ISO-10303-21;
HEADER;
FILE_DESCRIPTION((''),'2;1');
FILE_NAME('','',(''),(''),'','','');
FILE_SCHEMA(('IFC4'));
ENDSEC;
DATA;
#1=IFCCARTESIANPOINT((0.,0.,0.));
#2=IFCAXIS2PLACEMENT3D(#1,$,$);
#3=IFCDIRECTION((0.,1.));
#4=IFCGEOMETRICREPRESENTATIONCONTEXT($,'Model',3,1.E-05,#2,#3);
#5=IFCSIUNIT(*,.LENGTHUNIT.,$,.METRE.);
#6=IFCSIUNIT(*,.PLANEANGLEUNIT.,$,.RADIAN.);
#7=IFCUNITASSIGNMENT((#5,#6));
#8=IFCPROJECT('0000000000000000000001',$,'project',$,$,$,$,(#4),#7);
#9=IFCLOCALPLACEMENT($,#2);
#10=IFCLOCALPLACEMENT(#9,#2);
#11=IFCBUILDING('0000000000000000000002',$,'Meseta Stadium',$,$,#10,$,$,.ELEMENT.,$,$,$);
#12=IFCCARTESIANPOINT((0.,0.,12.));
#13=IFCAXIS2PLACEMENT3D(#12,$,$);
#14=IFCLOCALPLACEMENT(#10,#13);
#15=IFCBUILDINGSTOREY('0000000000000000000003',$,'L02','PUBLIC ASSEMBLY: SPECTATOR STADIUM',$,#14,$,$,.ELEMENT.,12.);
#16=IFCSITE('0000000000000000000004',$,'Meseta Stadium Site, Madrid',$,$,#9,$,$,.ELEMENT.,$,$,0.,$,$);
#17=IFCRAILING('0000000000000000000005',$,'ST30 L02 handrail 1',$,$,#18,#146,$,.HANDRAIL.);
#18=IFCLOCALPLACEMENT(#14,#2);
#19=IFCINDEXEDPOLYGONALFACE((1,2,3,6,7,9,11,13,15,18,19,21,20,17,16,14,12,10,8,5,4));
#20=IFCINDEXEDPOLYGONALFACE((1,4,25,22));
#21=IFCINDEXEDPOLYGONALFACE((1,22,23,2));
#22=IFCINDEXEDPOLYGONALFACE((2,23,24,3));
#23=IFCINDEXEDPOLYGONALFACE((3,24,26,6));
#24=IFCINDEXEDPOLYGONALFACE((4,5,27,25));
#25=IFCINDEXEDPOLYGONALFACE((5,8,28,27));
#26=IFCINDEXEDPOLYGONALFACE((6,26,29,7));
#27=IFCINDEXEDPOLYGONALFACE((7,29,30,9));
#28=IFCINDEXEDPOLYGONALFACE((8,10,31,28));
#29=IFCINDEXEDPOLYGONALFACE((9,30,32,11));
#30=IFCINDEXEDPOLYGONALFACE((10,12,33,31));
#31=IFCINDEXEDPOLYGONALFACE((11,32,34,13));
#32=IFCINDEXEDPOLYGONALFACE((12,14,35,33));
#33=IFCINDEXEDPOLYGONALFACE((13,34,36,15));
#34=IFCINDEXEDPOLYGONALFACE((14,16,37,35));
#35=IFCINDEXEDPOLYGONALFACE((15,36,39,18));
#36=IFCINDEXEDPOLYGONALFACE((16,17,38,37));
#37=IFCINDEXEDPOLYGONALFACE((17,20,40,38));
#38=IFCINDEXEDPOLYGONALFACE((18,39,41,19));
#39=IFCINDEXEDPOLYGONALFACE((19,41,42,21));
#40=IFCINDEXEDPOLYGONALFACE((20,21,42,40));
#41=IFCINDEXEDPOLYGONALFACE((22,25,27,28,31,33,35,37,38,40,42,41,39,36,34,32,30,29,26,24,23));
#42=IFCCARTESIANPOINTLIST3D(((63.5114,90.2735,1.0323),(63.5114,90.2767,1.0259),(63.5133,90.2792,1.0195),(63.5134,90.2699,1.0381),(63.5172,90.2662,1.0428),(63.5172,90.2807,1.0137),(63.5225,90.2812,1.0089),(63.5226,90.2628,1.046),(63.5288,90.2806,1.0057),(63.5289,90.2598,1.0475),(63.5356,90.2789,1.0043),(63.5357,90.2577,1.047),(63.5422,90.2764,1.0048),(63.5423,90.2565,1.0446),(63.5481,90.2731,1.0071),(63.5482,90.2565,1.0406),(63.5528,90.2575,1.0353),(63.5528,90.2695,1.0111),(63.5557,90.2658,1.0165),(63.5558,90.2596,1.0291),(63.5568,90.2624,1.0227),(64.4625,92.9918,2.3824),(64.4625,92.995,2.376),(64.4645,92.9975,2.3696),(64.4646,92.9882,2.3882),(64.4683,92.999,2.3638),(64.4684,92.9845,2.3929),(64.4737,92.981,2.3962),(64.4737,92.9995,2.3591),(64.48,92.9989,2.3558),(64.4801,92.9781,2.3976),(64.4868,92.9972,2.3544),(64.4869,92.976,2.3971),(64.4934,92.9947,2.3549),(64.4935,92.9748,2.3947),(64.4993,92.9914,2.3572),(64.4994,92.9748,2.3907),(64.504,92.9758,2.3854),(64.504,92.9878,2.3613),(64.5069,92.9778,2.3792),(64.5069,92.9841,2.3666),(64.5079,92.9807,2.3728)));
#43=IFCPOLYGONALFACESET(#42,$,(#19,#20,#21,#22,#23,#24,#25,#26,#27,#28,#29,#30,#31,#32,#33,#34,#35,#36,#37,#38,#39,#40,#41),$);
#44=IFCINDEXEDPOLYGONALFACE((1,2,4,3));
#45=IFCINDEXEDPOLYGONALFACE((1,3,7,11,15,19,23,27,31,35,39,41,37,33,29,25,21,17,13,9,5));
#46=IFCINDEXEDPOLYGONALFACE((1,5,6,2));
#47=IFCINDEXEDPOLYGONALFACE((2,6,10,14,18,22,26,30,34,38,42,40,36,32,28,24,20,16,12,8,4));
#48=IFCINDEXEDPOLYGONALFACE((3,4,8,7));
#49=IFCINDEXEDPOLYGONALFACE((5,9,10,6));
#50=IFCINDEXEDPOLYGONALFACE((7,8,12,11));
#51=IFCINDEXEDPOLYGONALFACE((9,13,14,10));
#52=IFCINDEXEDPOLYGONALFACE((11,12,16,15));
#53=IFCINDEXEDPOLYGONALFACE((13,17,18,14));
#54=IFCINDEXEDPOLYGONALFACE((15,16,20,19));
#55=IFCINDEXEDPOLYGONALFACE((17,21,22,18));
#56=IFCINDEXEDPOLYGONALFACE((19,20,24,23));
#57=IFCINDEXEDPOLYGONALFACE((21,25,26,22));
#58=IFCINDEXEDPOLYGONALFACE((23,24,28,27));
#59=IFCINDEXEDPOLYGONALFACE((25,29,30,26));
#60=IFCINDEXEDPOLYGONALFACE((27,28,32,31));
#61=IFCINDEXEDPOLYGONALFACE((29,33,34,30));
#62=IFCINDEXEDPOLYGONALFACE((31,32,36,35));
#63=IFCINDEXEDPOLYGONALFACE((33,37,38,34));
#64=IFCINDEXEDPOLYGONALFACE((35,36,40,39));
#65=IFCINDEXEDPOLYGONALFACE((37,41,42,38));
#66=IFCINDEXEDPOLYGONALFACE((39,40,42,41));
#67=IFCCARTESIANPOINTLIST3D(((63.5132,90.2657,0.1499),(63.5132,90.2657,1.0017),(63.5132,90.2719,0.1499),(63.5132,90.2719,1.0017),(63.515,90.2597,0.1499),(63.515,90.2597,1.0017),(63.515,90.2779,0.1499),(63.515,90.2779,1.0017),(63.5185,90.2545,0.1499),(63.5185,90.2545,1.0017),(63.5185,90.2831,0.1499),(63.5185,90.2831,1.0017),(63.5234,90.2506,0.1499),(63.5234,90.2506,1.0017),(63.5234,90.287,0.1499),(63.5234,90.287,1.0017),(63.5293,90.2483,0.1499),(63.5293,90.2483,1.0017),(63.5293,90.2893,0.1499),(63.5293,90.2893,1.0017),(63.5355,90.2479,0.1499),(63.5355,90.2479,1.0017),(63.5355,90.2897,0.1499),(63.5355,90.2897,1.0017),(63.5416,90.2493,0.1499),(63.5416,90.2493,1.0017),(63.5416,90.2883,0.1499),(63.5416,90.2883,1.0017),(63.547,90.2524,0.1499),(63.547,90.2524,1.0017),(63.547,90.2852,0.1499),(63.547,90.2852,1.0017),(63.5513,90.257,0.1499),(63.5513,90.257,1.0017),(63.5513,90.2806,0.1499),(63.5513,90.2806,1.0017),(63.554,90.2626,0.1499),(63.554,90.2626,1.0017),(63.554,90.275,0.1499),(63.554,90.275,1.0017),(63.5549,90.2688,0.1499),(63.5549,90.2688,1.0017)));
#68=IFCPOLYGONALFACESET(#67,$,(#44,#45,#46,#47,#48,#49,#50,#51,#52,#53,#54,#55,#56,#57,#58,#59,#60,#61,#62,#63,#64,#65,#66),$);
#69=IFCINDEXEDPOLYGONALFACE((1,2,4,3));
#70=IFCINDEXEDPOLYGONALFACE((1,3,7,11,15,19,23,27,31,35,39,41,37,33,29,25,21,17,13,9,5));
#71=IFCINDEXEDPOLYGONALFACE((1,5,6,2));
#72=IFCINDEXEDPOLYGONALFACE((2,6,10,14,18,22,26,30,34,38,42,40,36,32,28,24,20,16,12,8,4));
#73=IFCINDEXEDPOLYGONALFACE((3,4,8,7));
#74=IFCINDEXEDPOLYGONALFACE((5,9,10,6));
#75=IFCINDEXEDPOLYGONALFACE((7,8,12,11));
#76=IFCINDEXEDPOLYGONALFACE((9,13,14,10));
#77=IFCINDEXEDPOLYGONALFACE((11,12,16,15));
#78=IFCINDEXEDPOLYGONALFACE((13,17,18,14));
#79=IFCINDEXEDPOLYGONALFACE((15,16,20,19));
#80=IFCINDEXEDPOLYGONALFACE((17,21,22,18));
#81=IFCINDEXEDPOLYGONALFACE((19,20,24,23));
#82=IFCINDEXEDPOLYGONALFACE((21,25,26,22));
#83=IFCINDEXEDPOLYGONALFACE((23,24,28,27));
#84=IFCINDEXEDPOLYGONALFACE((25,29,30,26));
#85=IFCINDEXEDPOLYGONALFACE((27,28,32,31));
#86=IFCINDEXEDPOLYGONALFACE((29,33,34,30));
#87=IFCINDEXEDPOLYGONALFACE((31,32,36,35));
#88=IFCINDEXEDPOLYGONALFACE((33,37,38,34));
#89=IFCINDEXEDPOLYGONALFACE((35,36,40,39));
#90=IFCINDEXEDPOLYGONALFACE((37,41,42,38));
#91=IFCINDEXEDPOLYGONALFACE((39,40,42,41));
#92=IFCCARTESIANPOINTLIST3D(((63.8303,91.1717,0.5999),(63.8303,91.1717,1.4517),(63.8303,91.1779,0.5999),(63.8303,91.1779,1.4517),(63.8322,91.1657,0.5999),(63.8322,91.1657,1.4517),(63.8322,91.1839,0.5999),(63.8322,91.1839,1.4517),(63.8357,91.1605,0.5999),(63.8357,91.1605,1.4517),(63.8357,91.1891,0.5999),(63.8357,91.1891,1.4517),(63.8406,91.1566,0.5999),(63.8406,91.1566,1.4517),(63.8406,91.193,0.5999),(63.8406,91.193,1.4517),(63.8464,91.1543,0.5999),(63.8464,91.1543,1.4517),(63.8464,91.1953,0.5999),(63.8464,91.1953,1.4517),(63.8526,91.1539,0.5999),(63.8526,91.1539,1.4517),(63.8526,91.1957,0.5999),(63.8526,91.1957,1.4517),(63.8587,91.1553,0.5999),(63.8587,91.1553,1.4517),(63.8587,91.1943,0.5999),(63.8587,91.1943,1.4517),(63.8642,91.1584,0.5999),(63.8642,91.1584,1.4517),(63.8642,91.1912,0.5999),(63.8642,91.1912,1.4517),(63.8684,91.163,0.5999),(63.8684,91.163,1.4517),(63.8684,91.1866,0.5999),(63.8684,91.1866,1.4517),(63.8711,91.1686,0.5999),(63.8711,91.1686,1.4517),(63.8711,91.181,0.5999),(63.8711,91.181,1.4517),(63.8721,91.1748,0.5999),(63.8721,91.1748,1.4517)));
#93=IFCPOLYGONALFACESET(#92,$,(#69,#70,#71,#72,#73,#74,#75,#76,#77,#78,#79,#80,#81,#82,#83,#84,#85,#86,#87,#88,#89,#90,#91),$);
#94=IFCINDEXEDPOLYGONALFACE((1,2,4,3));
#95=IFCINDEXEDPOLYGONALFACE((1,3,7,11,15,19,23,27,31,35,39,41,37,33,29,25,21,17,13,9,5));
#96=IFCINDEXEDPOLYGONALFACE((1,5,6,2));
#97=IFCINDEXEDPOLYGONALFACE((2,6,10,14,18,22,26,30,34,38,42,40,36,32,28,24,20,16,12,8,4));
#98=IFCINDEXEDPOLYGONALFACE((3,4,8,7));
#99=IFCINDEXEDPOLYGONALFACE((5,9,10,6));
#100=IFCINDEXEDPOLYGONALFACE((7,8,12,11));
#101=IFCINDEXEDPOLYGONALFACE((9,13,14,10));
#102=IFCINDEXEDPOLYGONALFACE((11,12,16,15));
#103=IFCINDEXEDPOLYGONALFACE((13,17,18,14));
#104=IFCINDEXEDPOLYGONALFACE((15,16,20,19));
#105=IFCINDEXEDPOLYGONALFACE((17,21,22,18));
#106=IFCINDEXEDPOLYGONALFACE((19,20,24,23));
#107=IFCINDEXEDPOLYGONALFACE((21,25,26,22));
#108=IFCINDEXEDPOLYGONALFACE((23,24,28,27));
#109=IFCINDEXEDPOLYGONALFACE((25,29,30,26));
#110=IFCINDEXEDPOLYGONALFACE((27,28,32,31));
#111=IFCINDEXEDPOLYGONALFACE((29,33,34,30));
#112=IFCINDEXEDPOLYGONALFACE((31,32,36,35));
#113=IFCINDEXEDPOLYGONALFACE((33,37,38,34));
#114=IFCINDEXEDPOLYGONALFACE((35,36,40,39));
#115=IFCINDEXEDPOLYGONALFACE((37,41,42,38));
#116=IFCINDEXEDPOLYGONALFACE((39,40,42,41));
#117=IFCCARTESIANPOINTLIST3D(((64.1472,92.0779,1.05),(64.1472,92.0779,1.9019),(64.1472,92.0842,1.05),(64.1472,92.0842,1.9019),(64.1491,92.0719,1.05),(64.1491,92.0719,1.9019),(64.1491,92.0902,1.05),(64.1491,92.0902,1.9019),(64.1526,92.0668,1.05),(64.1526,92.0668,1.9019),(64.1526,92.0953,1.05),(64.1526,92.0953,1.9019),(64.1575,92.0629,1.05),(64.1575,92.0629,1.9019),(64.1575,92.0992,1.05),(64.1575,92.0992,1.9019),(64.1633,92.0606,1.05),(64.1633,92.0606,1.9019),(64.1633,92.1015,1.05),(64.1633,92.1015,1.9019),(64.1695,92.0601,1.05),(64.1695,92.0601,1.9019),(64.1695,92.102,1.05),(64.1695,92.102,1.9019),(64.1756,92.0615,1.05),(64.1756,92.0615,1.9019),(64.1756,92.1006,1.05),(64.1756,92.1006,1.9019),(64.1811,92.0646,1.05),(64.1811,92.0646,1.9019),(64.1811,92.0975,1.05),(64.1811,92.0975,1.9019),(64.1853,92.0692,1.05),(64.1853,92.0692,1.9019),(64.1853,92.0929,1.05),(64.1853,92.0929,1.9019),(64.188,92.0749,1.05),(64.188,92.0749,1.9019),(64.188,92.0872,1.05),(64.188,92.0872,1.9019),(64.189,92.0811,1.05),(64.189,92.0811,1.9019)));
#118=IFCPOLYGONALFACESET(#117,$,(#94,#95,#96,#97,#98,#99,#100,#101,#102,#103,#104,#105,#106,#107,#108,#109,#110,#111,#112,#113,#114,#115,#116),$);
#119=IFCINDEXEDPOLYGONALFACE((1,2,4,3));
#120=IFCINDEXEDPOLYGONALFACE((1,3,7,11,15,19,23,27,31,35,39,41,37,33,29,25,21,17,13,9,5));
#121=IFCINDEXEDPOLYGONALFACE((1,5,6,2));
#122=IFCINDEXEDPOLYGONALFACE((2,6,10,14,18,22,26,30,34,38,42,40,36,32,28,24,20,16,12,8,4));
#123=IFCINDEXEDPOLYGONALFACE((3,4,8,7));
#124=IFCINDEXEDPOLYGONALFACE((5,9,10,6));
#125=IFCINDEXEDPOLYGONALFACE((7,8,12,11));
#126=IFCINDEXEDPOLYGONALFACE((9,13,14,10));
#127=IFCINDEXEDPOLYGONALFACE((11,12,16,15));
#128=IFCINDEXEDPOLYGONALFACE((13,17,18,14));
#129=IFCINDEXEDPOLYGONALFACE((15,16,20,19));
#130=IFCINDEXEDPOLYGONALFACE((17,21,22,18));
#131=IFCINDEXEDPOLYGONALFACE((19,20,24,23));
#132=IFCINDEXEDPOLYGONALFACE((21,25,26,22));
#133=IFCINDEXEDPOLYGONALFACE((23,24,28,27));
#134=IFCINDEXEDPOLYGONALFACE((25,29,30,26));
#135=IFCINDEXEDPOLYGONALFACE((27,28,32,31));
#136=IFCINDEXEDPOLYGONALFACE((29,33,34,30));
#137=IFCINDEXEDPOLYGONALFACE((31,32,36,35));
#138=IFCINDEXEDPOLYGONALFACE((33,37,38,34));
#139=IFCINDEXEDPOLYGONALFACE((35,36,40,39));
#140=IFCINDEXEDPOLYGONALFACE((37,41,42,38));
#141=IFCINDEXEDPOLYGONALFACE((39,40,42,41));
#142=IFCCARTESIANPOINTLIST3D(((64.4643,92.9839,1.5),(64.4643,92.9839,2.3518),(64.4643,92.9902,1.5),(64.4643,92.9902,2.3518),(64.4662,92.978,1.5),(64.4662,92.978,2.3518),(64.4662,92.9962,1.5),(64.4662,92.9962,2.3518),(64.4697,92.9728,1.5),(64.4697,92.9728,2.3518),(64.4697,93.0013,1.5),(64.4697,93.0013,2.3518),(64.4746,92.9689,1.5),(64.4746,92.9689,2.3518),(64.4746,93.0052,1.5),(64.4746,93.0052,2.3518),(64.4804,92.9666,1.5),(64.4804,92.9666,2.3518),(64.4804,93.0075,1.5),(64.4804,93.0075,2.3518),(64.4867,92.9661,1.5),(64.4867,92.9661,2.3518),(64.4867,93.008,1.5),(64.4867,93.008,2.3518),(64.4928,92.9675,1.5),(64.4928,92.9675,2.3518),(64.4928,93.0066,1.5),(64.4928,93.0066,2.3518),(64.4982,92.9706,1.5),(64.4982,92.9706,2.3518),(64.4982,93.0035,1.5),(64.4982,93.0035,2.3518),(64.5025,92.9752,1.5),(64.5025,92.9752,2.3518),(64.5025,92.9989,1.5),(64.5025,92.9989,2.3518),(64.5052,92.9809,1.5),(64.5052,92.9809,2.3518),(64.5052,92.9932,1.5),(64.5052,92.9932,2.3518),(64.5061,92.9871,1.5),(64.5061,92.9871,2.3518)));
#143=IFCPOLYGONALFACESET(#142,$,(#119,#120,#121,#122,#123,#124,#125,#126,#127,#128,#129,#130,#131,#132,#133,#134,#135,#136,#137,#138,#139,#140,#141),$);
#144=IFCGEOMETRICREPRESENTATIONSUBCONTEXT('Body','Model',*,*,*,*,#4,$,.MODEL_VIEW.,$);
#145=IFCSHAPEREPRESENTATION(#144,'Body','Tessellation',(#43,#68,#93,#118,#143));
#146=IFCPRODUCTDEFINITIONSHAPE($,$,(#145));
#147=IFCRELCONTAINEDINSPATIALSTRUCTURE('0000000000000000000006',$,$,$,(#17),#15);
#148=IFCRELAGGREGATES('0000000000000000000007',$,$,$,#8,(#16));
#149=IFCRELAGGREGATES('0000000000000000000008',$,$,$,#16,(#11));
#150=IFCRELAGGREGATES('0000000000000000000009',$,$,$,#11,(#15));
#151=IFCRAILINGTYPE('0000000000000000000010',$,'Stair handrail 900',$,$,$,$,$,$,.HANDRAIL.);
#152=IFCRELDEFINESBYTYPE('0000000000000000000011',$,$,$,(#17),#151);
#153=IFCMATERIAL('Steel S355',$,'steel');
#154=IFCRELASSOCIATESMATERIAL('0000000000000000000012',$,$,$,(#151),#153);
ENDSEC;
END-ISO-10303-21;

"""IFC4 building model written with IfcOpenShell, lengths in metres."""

from ifc_helpers import new_model, si_unit, direction, frame, origin, origin_2d, place, context, subcontext, project, spatial, circle, extrude, material, type_object, element, save


model = new_model("IFC4")

# Units and contexts
model_context = context("Model", 3, precision=1e-05, world=origin(), true_north=direction((0.0, 1.0)))
body_context = subcontext(model_context, "Body", "Model", "MODEL_VIEW")
ifc_project = project(units=[si_unit("LENGTHUNIT", "METRE"), si_unit("PLANEANGLEUNIT", "RADIAN")], contexts=[model_context])

# Site, building, storey
site_placement = place(None, origin())
site = spatial("IfcSite", under=ifc_project, at=site_placement, Name="Meseta Stadium Site, Madrid", CompositionType="ELEMENT", RefElevation=0.0)
building_placement = place(site_placement, origin())
building = spatial("IfcBuilding", under=site, at=building_placement, Name="Meseta Stadium", CompositionType="ELEMENT")
storey_placement = place(building_placement, frame((0.0, 0.0, 12.0)))
storey = spatial("IfcBuildingStorey", under=building, at=storey_placement, Name="L02", Description="PUBLIC ASSEMBLY: SPECTATOR STADIUM", CompositionType="ELEMENT", Elevation=12.0)

# Railing
ifc_material_1 = material(Name="Steel S355", Category="steel")
railing_type_1 = type_object("IfcRailingType", Name="Stair handrail 900", PredefinedType="HANDRAIL", material=ifc_material_1)
for number, where, name in (
    (1, (63.5339, 90.2688, 0.1499), "ST30 L02 handrail 1"),
):
    element("IfcRailing", number, at=place(storey_placement, frame(where)), inside=storey, type_object=railing_type_1, Name=name, PredefinedType="HANDRAIL", context=body_context, shape_type="SweptSolid", body=[
        extrude(circle(Radius=0.0239, at=origin_2d()), frame((0.0, 0.0, 0.876), z_axis=(0.299051, 0.854629, 0.424474), x_axis=(-0.943882, 0.330282, 0.0)), (0.0, 0.0, 1.0), 3.1807),
        extrude(circle(Radius=0.021, at=origin_2d()), origin(), (0.0, 0.0, 1.0), 0.8518),
        extrude(circle(Radius=0.021, at=origin_2d()), frame((0.3171, 0.906, 0.45)), (0.0, 0.0, 1.0), 0.8518),
        extrude(circle(Radius=0.021, at=origin_2d()), frame((0.634, 1.8123, 0.9001)), (0.0, 0.0, 1.0), 0.8518),
        extrude(circle(Radius=0.021, at=origin_2d()), frame((0.9512, 2.7183, 1.3501)), (0.0, 0.0, 1.0), 0.8518),
    ])

save(model, "model.ifc")
